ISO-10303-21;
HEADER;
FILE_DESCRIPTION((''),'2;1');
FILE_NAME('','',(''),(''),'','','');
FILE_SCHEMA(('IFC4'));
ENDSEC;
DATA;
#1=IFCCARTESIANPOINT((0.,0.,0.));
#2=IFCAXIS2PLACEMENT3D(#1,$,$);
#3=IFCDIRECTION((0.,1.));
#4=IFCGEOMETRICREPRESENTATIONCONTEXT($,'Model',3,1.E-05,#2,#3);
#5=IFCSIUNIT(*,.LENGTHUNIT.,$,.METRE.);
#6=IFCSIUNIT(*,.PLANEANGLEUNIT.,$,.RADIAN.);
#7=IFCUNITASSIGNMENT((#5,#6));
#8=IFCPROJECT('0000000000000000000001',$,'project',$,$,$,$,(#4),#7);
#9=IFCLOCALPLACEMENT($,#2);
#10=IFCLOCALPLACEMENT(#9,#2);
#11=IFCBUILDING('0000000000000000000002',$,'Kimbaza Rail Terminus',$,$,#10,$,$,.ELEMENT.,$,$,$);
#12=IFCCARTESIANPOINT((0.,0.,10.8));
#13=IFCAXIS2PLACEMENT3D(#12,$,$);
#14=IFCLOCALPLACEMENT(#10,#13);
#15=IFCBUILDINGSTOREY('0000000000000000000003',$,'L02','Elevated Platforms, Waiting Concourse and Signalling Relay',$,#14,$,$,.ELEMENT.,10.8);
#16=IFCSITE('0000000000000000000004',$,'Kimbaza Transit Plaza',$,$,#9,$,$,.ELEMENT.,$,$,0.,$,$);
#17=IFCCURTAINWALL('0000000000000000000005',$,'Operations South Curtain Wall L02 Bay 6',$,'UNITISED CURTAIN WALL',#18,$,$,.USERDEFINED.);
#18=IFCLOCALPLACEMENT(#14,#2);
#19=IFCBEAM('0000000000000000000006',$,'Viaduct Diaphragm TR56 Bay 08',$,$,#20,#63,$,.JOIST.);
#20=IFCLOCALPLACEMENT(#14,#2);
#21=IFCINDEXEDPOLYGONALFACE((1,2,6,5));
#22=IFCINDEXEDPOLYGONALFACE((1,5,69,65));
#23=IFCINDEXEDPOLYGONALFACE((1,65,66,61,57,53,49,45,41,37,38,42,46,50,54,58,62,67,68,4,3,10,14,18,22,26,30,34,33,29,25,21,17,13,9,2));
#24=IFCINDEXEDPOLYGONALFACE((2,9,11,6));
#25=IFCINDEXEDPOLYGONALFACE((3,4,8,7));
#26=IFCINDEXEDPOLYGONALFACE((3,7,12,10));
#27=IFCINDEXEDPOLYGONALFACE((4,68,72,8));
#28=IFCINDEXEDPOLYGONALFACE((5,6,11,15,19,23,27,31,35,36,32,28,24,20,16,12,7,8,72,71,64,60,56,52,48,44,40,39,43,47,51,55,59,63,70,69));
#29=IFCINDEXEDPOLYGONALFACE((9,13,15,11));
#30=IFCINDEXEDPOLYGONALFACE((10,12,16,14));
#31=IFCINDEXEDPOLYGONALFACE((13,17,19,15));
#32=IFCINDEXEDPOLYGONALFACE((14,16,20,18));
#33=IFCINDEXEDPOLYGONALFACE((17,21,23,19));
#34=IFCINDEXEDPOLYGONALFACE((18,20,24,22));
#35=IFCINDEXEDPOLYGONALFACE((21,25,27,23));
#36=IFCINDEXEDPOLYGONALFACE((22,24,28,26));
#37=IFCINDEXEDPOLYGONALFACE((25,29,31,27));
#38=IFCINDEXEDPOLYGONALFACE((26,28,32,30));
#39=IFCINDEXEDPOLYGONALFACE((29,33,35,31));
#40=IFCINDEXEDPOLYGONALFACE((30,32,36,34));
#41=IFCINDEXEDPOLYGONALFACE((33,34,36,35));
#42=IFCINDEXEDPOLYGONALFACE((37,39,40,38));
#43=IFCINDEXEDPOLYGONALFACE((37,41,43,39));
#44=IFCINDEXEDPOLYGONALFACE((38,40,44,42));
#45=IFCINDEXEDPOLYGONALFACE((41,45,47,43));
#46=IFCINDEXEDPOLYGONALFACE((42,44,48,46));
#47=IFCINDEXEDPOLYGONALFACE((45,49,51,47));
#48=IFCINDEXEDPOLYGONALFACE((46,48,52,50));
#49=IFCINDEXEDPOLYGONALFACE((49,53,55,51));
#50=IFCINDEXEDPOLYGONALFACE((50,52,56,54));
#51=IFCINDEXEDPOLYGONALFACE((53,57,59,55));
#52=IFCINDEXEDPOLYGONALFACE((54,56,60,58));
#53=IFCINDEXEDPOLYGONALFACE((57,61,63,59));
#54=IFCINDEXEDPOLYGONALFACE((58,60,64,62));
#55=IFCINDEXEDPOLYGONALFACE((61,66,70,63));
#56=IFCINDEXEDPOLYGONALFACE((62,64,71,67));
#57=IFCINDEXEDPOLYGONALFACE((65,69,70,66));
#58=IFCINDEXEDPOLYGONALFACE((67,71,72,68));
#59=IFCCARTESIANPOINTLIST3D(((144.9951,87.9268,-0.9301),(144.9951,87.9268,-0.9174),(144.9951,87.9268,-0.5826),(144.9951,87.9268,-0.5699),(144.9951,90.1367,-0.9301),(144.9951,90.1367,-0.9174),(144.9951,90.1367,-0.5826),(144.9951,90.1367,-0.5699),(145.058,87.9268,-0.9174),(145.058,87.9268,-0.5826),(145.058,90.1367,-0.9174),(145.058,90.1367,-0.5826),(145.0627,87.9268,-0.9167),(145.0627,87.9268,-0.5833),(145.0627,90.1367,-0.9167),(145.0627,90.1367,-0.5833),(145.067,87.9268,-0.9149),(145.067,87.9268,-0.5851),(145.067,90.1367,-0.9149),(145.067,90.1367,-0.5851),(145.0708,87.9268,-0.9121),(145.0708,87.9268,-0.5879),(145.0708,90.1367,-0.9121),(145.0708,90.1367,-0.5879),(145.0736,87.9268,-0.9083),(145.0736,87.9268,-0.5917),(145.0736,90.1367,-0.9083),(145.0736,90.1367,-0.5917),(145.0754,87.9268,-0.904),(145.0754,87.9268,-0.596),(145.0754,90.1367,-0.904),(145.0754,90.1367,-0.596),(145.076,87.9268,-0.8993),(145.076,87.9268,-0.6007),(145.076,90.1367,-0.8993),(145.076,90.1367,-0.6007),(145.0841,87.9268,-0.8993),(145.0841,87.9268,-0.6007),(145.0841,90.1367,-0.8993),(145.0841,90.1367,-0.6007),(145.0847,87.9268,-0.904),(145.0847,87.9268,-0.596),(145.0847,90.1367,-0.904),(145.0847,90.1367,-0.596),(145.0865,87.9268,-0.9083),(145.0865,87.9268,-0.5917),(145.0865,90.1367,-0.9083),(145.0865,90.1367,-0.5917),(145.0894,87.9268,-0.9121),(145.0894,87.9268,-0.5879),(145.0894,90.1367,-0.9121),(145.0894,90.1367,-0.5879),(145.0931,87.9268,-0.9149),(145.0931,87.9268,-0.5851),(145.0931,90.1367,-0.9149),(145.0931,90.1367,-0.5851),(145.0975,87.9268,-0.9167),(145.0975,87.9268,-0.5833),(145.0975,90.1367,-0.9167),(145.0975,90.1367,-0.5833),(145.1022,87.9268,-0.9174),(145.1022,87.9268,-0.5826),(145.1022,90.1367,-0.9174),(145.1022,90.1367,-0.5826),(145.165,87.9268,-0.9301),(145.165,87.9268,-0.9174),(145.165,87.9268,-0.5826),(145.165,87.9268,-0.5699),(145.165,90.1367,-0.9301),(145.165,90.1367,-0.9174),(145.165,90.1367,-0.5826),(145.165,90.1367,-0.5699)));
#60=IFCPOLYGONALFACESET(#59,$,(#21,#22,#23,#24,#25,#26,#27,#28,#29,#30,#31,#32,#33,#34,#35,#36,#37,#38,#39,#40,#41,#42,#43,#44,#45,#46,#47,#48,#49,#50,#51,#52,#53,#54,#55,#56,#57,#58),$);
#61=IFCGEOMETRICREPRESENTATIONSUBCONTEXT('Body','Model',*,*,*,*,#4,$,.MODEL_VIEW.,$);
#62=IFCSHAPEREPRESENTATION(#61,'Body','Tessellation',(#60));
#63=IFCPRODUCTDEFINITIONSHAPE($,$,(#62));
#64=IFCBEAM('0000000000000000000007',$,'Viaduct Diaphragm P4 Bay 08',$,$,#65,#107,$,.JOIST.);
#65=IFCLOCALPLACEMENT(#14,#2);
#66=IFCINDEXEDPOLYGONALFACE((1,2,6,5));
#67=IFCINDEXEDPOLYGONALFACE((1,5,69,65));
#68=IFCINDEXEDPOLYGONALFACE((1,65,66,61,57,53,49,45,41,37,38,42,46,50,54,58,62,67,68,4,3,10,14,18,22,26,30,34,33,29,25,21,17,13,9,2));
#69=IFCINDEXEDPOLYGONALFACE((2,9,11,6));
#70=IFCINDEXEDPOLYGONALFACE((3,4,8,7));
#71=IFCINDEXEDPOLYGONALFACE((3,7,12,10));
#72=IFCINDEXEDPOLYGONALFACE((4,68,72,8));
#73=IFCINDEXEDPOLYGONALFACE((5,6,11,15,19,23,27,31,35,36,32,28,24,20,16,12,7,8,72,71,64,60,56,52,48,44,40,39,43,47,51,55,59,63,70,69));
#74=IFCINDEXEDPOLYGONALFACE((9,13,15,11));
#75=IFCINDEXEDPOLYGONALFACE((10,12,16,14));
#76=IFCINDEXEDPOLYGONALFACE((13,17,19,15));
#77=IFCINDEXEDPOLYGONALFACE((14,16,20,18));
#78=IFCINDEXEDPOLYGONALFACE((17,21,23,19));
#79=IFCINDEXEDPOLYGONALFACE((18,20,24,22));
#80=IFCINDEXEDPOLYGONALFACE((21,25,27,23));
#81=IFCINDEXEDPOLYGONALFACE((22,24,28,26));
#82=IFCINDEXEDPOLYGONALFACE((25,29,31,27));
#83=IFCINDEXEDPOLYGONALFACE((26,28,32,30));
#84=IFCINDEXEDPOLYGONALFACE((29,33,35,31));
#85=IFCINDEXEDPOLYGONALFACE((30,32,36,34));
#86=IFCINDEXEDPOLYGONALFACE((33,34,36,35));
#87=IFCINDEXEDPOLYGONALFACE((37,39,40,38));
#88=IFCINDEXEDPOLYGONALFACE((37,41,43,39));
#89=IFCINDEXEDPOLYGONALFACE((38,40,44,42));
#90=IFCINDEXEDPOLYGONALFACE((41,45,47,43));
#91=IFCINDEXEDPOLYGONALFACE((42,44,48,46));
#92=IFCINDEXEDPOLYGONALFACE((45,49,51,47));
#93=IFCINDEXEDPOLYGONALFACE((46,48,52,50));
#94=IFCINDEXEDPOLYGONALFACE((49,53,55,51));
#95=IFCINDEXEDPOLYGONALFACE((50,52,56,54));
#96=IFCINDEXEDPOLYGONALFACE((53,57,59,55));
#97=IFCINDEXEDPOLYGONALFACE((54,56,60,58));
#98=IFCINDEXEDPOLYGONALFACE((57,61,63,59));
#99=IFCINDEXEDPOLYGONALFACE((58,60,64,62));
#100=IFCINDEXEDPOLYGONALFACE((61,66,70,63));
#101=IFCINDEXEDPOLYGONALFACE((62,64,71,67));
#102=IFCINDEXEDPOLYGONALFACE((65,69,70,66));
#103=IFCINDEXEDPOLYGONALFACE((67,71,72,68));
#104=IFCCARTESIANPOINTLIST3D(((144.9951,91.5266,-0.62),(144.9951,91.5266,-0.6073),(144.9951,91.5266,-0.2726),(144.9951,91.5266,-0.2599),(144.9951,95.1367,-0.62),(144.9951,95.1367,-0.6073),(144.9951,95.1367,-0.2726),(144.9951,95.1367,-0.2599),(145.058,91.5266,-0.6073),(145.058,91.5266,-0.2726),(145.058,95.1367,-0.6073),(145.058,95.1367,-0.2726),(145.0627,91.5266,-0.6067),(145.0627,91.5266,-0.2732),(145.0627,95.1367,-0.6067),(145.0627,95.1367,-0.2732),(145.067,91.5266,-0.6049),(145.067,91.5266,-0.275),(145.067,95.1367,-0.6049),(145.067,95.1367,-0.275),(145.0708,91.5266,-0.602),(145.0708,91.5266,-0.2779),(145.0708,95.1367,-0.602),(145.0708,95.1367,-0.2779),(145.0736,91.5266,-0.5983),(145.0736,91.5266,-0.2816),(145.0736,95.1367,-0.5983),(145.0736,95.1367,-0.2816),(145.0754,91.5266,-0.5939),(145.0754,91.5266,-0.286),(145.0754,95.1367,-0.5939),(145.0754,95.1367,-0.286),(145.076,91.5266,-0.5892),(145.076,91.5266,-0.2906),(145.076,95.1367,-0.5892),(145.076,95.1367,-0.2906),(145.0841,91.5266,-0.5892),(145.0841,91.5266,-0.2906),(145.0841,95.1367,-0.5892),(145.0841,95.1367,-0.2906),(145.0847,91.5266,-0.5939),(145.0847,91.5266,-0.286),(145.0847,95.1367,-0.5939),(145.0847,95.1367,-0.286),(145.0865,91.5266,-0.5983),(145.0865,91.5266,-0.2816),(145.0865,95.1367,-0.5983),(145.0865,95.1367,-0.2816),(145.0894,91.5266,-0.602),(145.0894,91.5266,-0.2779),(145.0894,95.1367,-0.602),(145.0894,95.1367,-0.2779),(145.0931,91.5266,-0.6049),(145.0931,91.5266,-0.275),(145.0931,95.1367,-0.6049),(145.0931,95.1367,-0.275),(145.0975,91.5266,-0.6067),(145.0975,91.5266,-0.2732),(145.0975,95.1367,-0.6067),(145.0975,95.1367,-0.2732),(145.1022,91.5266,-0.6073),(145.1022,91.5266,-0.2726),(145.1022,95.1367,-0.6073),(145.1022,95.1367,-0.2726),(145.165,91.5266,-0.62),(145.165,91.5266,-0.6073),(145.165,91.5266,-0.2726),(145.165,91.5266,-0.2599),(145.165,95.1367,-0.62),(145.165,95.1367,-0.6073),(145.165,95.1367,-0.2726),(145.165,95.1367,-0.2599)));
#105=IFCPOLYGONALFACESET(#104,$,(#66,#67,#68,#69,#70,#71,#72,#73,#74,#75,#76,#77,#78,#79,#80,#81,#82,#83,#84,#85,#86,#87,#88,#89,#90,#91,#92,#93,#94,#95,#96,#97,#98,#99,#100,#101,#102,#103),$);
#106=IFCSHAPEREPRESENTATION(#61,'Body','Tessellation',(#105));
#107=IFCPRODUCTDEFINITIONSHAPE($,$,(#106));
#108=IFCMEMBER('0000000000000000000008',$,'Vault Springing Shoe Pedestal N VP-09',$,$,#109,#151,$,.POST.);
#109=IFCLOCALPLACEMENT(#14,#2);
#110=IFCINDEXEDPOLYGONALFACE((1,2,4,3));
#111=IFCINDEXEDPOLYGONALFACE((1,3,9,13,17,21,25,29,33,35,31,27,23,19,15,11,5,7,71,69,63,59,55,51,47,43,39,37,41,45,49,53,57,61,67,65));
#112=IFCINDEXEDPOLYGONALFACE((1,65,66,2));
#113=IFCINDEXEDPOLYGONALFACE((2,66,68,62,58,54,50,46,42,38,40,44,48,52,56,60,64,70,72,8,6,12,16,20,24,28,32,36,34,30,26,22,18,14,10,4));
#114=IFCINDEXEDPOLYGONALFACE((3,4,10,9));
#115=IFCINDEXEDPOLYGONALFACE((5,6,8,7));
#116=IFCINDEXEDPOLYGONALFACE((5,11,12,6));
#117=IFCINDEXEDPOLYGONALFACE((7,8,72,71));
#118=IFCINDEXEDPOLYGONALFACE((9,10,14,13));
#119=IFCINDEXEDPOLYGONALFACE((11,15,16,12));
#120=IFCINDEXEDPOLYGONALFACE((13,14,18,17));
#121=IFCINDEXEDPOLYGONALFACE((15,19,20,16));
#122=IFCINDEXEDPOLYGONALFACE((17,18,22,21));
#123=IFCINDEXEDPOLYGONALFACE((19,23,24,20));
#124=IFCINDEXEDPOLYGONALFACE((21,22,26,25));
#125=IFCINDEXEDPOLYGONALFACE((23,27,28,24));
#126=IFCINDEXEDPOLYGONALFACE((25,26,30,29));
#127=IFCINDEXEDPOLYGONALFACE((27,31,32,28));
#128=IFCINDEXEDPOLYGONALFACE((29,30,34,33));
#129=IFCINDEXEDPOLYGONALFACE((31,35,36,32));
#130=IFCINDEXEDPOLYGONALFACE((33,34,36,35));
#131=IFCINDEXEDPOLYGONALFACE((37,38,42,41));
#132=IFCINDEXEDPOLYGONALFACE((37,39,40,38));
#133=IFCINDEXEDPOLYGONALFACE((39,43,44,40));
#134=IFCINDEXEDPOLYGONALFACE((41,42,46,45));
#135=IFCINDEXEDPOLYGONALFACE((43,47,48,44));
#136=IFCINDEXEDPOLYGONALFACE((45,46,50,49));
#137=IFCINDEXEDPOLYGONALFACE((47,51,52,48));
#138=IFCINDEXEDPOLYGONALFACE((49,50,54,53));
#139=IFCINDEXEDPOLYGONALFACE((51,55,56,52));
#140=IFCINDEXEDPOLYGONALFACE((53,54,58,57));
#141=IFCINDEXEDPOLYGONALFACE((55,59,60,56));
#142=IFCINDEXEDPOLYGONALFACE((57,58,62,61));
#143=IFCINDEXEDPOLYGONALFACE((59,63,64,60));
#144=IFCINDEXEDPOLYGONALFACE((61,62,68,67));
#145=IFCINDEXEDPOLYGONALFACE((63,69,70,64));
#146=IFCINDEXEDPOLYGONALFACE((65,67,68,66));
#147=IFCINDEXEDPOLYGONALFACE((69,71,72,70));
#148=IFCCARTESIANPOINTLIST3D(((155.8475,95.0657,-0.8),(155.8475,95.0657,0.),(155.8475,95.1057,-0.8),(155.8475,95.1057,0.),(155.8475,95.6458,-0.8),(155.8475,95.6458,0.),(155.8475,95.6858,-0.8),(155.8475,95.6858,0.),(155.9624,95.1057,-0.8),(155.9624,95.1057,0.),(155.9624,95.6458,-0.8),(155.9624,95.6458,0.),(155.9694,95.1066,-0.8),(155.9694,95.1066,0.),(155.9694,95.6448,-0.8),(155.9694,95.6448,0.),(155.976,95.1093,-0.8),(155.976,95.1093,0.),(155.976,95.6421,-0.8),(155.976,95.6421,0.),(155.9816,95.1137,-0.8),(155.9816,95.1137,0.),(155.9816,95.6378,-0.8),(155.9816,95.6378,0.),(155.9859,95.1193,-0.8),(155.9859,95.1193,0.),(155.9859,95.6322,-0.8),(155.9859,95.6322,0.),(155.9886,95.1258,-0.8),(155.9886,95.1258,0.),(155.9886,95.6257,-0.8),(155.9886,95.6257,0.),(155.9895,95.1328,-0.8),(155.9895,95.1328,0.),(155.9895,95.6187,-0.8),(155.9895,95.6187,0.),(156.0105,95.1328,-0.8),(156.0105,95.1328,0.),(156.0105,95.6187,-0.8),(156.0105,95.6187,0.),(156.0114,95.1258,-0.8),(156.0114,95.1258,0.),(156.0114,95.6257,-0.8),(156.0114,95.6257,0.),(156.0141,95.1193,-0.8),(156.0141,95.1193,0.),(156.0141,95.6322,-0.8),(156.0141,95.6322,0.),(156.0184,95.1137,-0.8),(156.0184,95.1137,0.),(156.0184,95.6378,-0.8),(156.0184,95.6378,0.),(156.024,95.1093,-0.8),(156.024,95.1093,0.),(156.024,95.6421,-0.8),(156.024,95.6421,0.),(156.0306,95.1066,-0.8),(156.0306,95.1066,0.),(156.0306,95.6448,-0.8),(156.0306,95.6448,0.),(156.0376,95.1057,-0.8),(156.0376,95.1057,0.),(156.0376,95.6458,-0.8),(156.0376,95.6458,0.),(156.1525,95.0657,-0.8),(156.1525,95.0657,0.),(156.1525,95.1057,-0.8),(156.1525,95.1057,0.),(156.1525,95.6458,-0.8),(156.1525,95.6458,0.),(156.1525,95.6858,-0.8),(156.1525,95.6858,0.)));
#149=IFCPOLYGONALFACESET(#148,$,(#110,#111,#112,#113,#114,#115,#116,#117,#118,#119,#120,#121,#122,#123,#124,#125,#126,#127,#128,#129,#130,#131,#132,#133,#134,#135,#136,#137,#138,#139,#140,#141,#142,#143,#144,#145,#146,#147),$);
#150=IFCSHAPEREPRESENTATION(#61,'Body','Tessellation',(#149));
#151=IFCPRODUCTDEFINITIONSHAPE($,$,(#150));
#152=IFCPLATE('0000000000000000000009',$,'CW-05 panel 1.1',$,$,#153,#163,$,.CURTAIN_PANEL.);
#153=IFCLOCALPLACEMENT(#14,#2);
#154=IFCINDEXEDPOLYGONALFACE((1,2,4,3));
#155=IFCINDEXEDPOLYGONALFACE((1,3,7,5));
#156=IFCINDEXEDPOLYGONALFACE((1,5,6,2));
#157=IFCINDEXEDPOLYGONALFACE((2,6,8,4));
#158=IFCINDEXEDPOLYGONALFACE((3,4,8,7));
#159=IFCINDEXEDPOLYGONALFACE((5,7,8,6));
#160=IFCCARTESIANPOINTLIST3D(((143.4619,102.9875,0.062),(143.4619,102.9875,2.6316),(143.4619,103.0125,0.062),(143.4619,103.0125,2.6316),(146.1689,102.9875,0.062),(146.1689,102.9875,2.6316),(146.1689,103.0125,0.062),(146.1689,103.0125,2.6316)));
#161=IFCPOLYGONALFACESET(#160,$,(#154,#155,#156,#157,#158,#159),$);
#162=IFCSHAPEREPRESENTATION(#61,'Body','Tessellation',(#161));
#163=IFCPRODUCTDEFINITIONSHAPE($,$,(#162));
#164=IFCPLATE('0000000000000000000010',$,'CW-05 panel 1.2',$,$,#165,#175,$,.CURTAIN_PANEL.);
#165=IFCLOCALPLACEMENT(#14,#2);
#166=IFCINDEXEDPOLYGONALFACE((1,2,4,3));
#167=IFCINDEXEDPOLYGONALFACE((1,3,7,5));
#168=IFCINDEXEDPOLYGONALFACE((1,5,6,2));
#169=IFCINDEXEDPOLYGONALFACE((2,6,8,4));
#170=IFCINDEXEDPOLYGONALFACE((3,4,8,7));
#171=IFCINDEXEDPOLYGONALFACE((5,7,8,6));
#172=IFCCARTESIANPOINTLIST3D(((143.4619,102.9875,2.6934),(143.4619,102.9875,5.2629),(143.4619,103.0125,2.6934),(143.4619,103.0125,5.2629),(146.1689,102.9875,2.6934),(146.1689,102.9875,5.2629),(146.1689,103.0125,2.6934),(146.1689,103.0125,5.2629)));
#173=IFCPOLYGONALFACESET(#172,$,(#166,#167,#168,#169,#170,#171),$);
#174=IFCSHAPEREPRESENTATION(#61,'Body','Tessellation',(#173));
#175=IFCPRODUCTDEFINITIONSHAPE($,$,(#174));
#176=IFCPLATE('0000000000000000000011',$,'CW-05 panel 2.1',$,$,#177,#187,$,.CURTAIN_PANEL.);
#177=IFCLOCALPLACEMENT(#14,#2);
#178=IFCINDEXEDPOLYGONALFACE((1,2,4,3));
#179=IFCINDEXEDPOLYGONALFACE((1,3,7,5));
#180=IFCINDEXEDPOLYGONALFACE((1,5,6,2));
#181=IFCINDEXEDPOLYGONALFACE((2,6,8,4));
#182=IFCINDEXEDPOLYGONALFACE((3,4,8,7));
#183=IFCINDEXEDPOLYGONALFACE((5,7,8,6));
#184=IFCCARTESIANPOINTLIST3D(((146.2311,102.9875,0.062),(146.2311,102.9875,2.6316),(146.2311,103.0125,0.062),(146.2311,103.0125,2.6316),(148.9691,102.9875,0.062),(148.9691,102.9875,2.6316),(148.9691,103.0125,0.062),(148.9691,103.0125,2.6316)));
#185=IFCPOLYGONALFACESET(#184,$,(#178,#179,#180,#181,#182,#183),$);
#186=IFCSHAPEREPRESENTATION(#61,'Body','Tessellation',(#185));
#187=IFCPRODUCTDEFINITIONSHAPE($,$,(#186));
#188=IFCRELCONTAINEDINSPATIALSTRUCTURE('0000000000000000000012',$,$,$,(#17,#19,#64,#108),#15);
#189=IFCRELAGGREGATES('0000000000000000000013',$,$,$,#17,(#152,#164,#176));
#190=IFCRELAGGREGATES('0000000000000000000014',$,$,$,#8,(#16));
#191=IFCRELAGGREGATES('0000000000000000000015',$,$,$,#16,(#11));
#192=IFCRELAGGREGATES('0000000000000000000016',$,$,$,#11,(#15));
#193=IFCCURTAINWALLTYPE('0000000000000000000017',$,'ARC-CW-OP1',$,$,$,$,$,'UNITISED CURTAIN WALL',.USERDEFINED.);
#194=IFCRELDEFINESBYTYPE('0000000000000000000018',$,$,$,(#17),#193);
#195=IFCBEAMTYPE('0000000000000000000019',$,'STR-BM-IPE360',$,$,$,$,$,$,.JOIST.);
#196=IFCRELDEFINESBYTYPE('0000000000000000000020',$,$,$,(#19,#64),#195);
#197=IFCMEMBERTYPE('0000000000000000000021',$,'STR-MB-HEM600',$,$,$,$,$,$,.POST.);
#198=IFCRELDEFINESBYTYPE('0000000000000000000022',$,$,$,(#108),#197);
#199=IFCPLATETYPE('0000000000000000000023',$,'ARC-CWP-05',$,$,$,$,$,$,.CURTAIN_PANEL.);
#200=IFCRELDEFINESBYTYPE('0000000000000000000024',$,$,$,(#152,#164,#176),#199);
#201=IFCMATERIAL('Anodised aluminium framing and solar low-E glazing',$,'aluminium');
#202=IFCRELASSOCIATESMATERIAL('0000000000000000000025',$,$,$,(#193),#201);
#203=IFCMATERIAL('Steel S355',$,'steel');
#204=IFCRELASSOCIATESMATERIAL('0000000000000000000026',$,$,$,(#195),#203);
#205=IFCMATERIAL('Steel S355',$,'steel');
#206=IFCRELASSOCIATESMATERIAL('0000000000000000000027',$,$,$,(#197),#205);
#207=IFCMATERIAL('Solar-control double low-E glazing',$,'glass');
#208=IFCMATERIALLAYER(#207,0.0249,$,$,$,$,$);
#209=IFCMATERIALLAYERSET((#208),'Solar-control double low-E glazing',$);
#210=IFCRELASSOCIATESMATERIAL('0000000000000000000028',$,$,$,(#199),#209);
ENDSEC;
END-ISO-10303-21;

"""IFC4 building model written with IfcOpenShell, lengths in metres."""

from ifc_helpers import new_model, si_unit, direction, frame, origin, origin_2d, place, context, subcontext, project, spatial, rectangle, i_section, extrude, material, layer, layer_set, material_profile, profile_set, type_object, element, aggregate, save


model = new_model("IFC4")

# Units and contexts
model_context = context("Model", 3, precision=1e-05, world=origin(), true_north=direction((0.0, 1.0)))
body_context = subcontext(model_context, "Body", "Model", "MODEL_VIEW")
ifc_project = project(units=[si_unit("LENGTHUNIT", "METRE"), si_unit("PLANEANGLEUNIT", "RADIAN")], contexts=[model_context])

# Site, building, storey
site_placement = place(None, origin())
site = spatial("IfcSite", under=ifc_project, at=site_placement, Name="Kimbaza Transit Plaza", CompositionType="ELEMENT", RefElevation=0.0)
building_placement = place(site_placement, origin())
building = spatial("IfcBuilding", under=site, at=building_placement, Name="Kimbaza Rail Terminus", CompositionType="ELEMENT")
storey_placement = place(building_placement, frame((0.0, 0.0, 10.8)))
storey = spatial("IfcBuildingStorey", under=building, at=storey_placement, Name="L02", Description="Elevated Platforms, Waiting Concourse and Signalling Relay", CompositionType="ELEMENT", Elevation=10.8)

# Curtain wall
ifc_material_1 = material(Name="Anodised aluminium framing and solar low-E glazing", Category="aluminium")
curtain_wall_type = type_object("IfcCurtainWallType", Name="ARC-CW-OP1", ElementType="UNITISED CURTAIN WALL", PredefinedType="USERDEFINED", material=ifc_material_1)
curtain_wall_1_placement = place(storey_placement, origin())
curtain_wall_1 = element("IfcCurtainWall", 1, at=curtain_wall_1_placement, inside=storey, type_object=curtain_wall_type, Name="Operations South Curtain Wall L02 Bay 6", ObjectType="UNITISED CURTAIN WALL", PredefinedType="USERDEFINED")

# Beams
ifc_material_2 = material(Name="Steel S355", Category="steel")
ifc_material_profile_1 = material_profile(ifc_material_2, i_section(OverallWidth=0.1699, OverallDepth=0.3601, WebThickness=0.0081, FlangeThickness=0.0127, FilletRadius=0.0181, at=origin_2d()), Name="IPE 360")
ifc_profile_set_1 = profile_set([ifc_material_profile_1], Name="Steel S355")
beam_type_1 = type_object("IfcBeamType", Name="STR-BM-IPE360", PredefinedType="JOIST", material=ifc_profile_set_1)
beam_1_placement = place(storey_placement, frame((145.0801, 87.9268, -0.75), z_axis=(0.0, 1.0, 0.0), x_axis=(-1.0, 0.0, 0.0)))
element("IfcBeam", 2, at=beam_1_placement, inside=storey, type_object=beam_type_1, Name="Viaduct Diaphragm TR56 Bay 08", PredefinedType="JOIST", context=body_context, shape_type="SweptSolid", body=[
    extrude(i_section(OverallWidth=0.1699, OverallDepth=0.3601, WebThickness=0.0081, FlangeThickness=0.0127, FilletRadius=0.0181, at=origin_2d()), origin(), (0.0, 0.0, 1.0), 2.21),
])
beam_2_placement = place(storey_placement, frame((145.0801, 91.5266, -0.4399), z_axis=(0.0, 1.0, 0.0), x_axis=(-1.0, 0.0, 0.0)))
element("IfcBeam", 3, at=beam_2_placement, inside=storey, type_object=beam_type_1, Name="Viaduct Diaphragm P4 Bay 08", PredefinedType="JOIST", context=body_context, shape_type="SweptSolid", body=[
    extrude(i_section(OverallWidth=0.1699, OverallDepth=0.3601, WebThickness=0.0081, FlangeThickness=0.0127, FilletRadius=0.0181, at=origin_2d()), origin(), (0.0, 0.0, 1.0), 3.6101),
])

# Member
ifc_material_3 = material(Name="Steel S355", Category="steel")
ifc_material_profile_2 = material_profile(ifc_material_3, i_section(OverallWidth=0.3049, OverallDepth=0.6201, WebThickness=0.021, FlangeThickness=0.04, FilletRadius=0.0271, at=origin_2d()), Name="HEM 600")
ifc_profile_set_2 = profile_set([ifc_material_profile_2], Name="Steel S355")
member_type_1 = type_object("IfcMemberType", Name="STR-MB-HEM600", PredefinedType="POST", material=ifc_profile_set_2)
member_1_placement = place(storey_placement, frame((156.0, 95.3757, -0.8), z_axis=(0.0, 0.0, 1.0), x_axis=(1.0, 0.0, 0.0)))
element("IfcMember", 4, at=member_1_placement, inside=storey, type_object=member_type_1, Name="Vault Springing Shoe Pedestal N VP-09", PredefinedType="POST", context=body_context, shape_type="SweptSolid", body=[
    extrude(i_section(OverallWidth=0.3049, OverallDepth=0.6201, WebThickness=0.021, FlangeThickness=0.04, FilletRadius=0.0271, at=origin_2d()), origin(), (0.0, 0.0, 1.0), 0.8),
])

# Plates
ifc_material_4 = material(Name="Solar-control double low-E glazing", Category="glass")
ifc_layer_1 = layer(ifc_material_4, 0.0249)
ifc_layer_set_1 = layer_set([ifc_layer_1], Name="Solar-control double low-E glazing")
plate_type_1 = type_object("IfcPlateType", Name="ARC-CWP-05", PredefinedType="CURTAIN_PANEL", material=ifc_layer_set_1)
plate_1_placement = place(storey_placement, frame((144.8154, 103.0, 0.062), z_axis=(0.0, 0.0, 1.0), x_axis=(1.0, 0.0, 0.0)))
plate_1 = element("IfcPlate", 5, at=plate_1_placement, type_object=plate_type_1, Name="CW-05 panel 1.1", PredefinedType="CURTAIN_PANEL", context=body_context, shape_type="SweptSolid", body=[
    extrude(rectangle(XDim=2.707, YDim=0.0249, at=origin_2d()), origin(), (0.0, 0.0, 1.0), 2.5696),
])
plate_2_placement = place(storey_placement, frame((144.8154, 103.0, 2.6934), z_axis=(0.0, 0.0, 1.0), x_axis=(1.0, 0.0, 0.0)))
plate_2 = element("IfcPlate", 6, at=plate_2_placement, type_object=plate_type_1, Name="CW-05 panel 1.2", PredefinedType="CURTAIN_PANEL", context=body_context, shape_type="SweptSolid", body=[
    extrude(rectangle(XDim=2.707, YDim=0.0249, at=origin_2d()), origin(), (0.0, 0.0, 1.0), 2.5696),
])
plate_3_placement = place(storey_placement, frame((147.6001, 103.0, 0.062), z_axis=(0.0, 0.0, 1.0), x_axis=(1.0, 0.0, 0.0)))
plate_3 = element("IfcPlate", 7, at=plate_3_placement, type_object=plate_type_1, Name="CW-05 panel 2.1", PredefinedType="CURTAIN_PANEL", context=body_context, shape_type="SweptSolid", body=[
    extrude(rectangle(XDim=2.738, YDim=0.0249, at=origin_2d()), origin(), (0.0, 0.0, 1.0), 2.5696),
])
aggregate(curtain_wall_1, [plate_1, plate_2, plate_3])

save(model, "model.ifc")
